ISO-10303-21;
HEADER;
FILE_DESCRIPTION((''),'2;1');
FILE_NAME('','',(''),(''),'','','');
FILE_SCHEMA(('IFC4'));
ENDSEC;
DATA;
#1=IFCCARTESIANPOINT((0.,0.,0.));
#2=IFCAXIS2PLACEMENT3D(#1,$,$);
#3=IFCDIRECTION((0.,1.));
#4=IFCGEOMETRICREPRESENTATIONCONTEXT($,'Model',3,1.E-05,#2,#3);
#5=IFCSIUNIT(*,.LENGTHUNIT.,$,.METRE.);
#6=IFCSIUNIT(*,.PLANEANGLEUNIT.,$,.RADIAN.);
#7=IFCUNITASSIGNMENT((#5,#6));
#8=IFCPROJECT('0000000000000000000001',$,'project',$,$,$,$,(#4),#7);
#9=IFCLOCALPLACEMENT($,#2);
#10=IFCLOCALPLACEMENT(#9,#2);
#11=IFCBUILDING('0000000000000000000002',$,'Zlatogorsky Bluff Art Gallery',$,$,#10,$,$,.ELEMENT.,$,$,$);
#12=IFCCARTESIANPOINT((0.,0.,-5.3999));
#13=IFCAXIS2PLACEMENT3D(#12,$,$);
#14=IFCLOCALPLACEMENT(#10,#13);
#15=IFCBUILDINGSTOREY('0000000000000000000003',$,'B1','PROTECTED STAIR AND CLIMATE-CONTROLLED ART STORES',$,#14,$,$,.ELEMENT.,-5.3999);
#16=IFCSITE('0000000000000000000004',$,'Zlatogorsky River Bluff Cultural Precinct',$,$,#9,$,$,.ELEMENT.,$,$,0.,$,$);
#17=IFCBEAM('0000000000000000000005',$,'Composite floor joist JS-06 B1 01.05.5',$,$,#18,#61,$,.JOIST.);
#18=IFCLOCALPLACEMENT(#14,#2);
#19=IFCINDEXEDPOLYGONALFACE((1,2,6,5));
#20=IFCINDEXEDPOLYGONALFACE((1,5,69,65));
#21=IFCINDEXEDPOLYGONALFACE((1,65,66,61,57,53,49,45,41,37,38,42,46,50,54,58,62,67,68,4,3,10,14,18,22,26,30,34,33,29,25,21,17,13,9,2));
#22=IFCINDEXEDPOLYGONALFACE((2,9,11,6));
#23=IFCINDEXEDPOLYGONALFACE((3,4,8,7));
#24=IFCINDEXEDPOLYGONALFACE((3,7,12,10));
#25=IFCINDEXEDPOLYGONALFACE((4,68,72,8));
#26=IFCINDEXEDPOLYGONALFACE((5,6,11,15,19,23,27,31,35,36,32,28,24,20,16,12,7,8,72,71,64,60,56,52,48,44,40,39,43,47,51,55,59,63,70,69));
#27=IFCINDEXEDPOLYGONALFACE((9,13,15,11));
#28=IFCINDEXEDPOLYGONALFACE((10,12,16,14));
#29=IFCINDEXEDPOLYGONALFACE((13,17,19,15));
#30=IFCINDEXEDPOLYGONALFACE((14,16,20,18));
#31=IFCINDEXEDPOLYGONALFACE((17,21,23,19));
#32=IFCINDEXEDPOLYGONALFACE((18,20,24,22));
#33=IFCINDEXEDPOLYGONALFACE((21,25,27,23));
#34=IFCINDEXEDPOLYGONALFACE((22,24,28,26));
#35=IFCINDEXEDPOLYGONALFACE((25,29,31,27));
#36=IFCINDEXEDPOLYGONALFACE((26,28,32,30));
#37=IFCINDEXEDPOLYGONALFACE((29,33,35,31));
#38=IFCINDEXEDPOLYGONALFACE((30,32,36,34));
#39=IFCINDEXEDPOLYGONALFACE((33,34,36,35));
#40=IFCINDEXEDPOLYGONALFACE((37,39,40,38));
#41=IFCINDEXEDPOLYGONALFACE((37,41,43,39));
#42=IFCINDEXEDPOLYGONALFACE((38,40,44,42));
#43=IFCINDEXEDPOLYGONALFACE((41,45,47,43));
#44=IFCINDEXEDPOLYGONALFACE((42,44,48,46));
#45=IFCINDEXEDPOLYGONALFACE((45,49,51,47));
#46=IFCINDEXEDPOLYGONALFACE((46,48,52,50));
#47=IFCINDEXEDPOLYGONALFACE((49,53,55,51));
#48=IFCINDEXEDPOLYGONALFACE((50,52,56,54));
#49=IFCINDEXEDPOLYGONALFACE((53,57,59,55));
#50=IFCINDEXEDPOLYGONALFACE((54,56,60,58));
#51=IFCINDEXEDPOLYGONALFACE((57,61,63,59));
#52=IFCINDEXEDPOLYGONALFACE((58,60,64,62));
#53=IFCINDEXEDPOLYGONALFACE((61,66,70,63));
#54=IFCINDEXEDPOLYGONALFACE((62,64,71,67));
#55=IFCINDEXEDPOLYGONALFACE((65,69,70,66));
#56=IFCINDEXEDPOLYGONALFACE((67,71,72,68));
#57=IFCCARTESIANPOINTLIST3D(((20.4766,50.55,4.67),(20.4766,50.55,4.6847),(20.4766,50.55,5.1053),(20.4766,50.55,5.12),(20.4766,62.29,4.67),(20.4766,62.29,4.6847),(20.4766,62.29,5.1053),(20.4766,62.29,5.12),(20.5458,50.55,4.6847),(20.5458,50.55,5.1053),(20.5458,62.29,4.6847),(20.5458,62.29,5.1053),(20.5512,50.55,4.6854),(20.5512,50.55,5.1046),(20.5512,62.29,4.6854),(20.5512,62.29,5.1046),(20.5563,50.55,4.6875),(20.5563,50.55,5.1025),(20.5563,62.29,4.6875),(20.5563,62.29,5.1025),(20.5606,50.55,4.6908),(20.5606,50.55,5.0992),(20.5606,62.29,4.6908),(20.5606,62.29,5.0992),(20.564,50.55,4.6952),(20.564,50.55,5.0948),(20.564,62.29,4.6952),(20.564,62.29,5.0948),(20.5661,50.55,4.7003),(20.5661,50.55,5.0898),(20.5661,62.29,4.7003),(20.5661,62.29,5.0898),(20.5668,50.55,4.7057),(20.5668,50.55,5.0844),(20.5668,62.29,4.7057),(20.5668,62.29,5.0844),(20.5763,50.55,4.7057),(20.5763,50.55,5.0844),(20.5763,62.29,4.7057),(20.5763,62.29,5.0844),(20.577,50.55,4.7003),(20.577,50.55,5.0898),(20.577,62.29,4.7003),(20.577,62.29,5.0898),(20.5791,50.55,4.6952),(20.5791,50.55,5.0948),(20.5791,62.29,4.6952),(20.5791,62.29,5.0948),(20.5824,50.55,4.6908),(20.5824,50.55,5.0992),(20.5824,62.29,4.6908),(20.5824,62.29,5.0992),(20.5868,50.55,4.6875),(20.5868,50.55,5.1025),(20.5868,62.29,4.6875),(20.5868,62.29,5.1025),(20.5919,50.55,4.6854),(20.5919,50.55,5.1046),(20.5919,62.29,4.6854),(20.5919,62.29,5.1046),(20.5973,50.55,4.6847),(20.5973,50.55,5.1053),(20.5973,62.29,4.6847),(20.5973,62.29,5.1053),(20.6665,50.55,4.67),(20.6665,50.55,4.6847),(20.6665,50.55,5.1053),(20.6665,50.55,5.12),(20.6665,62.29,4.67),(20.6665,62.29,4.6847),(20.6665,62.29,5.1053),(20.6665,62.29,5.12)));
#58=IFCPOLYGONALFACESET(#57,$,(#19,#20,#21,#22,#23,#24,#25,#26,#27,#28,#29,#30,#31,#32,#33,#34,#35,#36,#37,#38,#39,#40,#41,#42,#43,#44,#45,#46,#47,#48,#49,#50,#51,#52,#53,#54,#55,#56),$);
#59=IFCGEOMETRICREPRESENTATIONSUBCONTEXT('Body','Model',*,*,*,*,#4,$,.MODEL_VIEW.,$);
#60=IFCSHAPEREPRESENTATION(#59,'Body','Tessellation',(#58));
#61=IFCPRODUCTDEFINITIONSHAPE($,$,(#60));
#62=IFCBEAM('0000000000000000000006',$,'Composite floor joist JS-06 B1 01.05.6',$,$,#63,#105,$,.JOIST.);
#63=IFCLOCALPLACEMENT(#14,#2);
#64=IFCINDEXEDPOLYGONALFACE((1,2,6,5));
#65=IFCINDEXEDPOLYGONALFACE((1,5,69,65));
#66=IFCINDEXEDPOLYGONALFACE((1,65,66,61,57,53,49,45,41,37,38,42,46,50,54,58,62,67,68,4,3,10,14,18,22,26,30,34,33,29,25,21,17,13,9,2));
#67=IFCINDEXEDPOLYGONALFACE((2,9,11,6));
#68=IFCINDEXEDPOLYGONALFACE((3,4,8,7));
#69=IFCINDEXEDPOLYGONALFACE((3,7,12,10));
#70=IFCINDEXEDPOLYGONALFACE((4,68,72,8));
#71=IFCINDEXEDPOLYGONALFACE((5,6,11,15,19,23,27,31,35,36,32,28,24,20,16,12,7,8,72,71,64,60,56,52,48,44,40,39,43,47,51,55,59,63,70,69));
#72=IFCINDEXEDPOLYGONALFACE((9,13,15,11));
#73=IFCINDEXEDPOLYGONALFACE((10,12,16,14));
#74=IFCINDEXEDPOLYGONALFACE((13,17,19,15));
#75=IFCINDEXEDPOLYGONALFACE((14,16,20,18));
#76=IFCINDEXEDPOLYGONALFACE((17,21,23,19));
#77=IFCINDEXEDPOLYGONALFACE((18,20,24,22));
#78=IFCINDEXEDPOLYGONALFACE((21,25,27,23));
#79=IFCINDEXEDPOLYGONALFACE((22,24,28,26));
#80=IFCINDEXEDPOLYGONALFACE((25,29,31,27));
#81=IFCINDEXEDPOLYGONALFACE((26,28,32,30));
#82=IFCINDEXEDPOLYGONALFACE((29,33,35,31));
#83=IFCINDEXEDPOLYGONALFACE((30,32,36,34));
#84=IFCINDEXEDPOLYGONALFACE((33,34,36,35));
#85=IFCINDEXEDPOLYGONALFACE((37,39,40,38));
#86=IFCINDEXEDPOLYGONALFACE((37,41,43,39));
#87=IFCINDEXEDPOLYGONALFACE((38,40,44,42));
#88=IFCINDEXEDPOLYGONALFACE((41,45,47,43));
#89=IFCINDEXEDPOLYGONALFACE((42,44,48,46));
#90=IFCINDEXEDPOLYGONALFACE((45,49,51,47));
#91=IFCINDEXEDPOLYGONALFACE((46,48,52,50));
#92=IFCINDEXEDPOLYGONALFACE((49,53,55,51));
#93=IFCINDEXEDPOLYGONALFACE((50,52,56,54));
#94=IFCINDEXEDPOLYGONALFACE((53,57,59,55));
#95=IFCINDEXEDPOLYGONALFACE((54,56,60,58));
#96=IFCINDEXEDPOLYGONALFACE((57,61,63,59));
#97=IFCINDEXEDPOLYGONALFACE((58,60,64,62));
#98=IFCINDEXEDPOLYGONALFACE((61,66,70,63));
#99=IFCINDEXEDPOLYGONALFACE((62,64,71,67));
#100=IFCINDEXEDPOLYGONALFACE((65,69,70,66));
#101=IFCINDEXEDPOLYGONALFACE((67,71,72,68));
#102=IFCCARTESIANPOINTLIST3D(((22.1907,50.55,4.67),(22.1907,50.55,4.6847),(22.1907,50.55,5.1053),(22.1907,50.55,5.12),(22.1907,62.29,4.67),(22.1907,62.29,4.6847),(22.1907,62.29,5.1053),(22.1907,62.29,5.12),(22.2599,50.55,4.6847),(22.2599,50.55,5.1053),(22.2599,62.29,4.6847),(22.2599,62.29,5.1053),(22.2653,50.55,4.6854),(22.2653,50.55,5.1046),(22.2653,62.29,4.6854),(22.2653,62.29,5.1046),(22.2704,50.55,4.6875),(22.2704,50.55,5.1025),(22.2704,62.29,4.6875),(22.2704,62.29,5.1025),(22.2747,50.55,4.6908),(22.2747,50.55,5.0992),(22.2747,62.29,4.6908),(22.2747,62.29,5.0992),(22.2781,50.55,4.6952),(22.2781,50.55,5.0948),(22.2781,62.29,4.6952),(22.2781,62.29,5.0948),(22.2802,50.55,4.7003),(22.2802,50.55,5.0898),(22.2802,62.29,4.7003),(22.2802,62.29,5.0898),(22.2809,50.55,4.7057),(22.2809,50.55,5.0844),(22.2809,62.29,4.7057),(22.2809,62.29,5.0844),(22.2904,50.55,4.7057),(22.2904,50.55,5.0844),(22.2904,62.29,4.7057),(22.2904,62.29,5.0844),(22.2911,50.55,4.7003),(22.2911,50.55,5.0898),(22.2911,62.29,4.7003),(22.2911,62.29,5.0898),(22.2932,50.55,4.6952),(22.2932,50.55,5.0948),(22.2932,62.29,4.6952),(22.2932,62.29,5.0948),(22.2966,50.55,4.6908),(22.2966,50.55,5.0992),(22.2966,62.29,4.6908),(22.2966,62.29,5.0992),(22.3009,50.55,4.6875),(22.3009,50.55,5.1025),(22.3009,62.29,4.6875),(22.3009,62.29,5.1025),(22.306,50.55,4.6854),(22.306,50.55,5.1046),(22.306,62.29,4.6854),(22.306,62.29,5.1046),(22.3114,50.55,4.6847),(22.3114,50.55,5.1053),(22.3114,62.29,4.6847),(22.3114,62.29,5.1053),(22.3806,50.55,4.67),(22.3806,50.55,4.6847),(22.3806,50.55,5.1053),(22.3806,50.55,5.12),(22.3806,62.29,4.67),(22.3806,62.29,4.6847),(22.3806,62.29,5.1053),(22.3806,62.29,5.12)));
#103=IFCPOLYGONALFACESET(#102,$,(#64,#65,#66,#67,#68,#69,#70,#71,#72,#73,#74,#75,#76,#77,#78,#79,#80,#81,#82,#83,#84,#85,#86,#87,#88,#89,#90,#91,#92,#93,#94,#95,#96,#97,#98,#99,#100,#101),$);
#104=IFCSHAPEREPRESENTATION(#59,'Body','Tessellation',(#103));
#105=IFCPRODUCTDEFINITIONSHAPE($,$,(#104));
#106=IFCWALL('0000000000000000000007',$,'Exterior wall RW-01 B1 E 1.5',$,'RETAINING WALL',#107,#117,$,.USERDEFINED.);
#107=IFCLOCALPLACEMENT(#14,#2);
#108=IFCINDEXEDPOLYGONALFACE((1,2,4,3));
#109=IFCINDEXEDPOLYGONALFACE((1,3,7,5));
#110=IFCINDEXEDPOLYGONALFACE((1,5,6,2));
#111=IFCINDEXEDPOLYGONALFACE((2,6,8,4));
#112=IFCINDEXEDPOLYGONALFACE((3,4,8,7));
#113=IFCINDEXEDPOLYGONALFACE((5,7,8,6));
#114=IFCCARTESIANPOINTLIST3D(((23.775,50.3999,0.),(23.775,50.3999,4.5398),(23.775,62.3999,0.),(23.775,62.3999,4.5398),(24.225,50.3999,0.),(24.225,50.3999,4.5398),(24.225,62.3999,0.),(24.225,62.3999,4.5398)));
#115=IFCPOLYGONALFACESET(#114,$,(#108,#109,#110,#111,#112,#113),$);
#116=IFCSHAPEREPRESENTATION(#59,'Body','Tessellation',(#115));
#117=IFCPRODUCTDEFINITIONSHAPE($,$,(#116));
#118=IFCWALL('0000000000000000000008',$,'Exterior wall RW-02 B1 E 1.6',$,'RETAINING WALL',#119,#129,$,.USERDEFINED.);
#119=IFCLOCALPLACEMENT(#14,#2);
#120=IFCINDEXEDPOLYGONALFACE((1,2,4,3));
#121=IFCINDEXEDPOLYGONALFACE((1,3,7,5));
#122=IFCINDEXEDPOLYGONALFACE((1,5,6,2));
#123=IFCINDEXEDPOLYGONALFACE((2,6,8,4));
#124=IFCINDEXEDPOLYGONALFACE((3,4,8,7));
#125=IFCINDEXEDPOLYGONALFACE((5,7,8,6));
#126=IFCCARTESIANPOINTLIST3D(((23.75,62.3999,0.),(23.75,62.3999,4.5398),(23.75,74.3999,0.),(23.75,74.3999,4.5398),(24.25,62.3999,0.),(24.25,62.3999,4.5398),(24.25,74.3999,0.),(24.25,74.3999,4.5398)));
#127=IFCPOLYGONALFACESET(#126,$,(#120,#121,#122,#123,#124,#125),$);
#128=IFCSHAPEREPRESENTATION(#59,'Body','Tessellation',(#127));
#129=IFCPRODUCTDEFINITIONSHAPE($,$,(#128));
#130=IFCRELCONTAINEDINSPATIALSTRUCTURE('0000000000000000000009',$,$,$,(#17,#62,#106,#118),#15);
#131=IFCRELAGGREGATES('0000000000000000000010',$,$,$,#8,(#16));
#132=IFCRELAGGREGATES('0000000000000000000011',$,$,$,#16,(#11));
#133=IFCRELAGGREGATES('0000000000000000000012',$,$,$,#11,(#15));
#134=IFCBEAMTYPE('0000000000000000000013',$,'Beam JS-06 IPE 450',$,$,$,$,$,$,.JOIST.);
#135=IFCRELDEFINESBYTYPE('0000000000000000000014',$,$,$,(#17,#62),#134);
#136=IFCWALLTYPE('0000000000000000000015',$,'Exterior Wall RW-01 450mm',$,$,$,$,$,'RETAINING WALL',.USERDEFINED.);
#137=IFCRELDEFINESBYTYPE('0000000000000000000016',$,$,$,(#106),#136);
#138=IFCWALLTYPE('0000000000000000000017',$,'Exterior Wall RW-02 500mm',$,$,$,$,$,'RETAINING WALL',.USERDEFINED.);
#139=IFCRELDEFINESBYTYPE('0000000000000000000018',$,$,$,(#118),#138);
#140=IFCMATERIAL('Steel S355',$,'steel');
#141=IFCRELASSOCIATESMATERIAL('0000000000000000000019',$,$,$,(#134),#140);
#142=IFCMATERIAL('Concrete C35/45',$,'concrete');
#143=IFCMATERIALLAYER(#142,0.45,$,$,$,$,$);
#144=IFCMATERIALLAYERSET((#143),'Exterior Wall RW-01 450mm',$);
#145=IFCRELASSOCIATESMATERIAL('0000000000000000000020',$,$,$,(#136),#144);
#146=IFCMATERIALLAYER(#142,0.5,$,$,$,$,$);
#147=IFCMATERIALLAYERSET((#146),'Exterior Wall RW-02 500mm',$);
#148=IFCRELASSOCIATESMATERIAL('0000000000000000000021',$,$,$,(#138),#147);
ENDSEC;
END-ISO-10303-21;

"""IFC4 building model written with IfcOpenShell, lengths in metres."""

from ifc_helpers import new_model, si_unit, direction, frame, frame_2d, origin, origin_2d, place, context, subcontext, project, spatial, rectangle, i_section, extrude, material, layer, layer_set, material_profile, profile_set, type_object, element, save


model = new_model("IFC4")

# Units and contexts
model_context = context("Model", 3, precision=1e-05, world=origin(), true_north=direction((0.0, 1.0)))
body_context = subcontext(model_context, "Body", "Model", "MODEL_VIEW")
ifc_project = project(units=[si_unit("LENGTHUNIT", "METRE"), si_unit("PLANEANGLEUNIT", "RADIAN")], contexts=[model_context])

# Site, building, storey
site_placement = place(None, origin())
site = spatial("IfcSite", under=ifc_project, at=site_placement, Name="Zlatogorsky River Bluff Cultural Precinct", CompositionType="ELEMENT", RefElevation=0.0)
building_placement = place(site_placement, origin())
building = spatial("IfcBuilding", under=site, at=building_placement, Name="Zlatogorsky Bluff Art Gallery", CompositionType="ELEMENT")
storey_placement = place(building_placement, frame((0.0, 0.0, -5.3999)))
storey = spatial("IfcBuildingStorey", under=building, at=storey_placement, Name="B1", Description="PROTECTED STAIR AND CLIMATE-CONTROLLED ART STORES", CompositionType="ELEMENT", Elevation=-5.3999)

# Shared definitions
ifc_material_1 = material(Name="Concrete C35/45", Category="concrete")

# Shared definitions
ifc_material_2 = material(Name="Steel S355", Category="steel")

# Beams
ifc_material_profile_1 = material_profile(ifc_material_2, i_section(OverallWidth=0.1899, OverallDepth=0.45, WebThickness=0.0095, FlangeThickness=0.0146, FilletRadius=0.021, at=origin_2d()), Name="IPE 450")
ifc_profile_set_1 = profile_set([ifc_material_profile_1], Name="Steel S355")
beam_type_1 = type_object("IfcBeamType", Name="Beam JS-06 IPE 450", PredefinedType="JOIST", material=ifc_profile_set_1)
for number, where, z_axis, x_axis, name in (
    (1, (20.5715, 50.55, 4.895), (0.0, 1.0, 0.0), (-1.0, 0.0, 0.0), "Composite floor joist JS-06 B1 01.05.5"),
    (2, (22.2856, 50.55, 4.895), (0.0, 1.0, 0.0), (-1.0, 0.0, 0.0), "Composite floor joist JS-06 B1 01.05.6"),
):
    element("IfcBeam", number, at=place(storey_placement, frame(where, z_axis=z_axis, x_axis=x_axis)), inside=storey, type_object=beam_type_1, Name=name, PredefinedType="JOIST", context=body_context, shape_type="SweptSolid", body=[
        extrude(i_section(OverallWidth=0.1899, OverallDepth=0.45, WebThickness=0.0095, FlangeThickness=0.0146, FilletRadius=0.021, at=origin_2d()), origin(), (0.0, 0.0, 1.0), 11.74),
    ])

# Walls
ifc_layer_1 = layer(ifc_material_1, 0.45)
ifc_layer_set_1 = layer_set([ifc_layer_1], Name="Exterior Wall RW-01 450mm")
wall_type_1 = type_object("IfcWallType", Name="Exterior Wall RW-01 450mm", ElementType="RETAINING WALL", PredefinedType="USERDEFINED", material=ifc_layer_set_1)
wall_1_placement = place(storey_placement, frame((24.0, 50.3999, 0.0), z_axis=(0.0, 0.0, 1.0), x_axis=(0.0, 1.0, 0.0)))
element("IfcWall", 3, at=wall_1_placement, inside=storey, type_object=wall_type_1, Name="Exterior wall RW-01 B1 E 1.5", ObjectType="RETAINING WALL", PredefinedType="USERDEFINED", context=body_context, shape_type="SweptSolid", body=[
    extrude(rectangle(XDim=12.0, YDim=0.45, at=frame_2d((6.0, 0.0))), origin(), (0.0, 0.0, 1.0), 4.5398),
])
ifc_layer_2 = layer(ifc_material_1, 0.5)
ifc_layer_set_2 = layer_set([ifc_layer_2], Name="Exterior Wall RW-02 500mm")
wall_type_2 = type_object("IfcWallType", Name="Exterior Wall RW-02 500mm", ElementType="RETAINING WALL", PredefinedType="USERDEFINED", material=ifc_layer_set_2)
wall_2_placement = place(storey_placement, frame((24.0, 62.3999, 0.0), z_axis=(0.0, 0.0, 1.0), x_axis=(0.0, 1.0, 0.0)))
element("IfcWall", 4, at=wall_2_placement, inside=storey, type_object=wall_type_2, Name="Exterior wall RW-02 B1 E 1.6", ObjectType="RETAINING WALL", PredefinedType="USERDEFINED", context=body_context, shape_type="SweptSolid", body=[
    extrude(rectangle(XDim=12.0, YDim=0.5, at=frame_2d((6.0, 0.0))), origin(), (0.0, 0.0, 1.0), 4.5398),
])

save(model, "model.ifc")
